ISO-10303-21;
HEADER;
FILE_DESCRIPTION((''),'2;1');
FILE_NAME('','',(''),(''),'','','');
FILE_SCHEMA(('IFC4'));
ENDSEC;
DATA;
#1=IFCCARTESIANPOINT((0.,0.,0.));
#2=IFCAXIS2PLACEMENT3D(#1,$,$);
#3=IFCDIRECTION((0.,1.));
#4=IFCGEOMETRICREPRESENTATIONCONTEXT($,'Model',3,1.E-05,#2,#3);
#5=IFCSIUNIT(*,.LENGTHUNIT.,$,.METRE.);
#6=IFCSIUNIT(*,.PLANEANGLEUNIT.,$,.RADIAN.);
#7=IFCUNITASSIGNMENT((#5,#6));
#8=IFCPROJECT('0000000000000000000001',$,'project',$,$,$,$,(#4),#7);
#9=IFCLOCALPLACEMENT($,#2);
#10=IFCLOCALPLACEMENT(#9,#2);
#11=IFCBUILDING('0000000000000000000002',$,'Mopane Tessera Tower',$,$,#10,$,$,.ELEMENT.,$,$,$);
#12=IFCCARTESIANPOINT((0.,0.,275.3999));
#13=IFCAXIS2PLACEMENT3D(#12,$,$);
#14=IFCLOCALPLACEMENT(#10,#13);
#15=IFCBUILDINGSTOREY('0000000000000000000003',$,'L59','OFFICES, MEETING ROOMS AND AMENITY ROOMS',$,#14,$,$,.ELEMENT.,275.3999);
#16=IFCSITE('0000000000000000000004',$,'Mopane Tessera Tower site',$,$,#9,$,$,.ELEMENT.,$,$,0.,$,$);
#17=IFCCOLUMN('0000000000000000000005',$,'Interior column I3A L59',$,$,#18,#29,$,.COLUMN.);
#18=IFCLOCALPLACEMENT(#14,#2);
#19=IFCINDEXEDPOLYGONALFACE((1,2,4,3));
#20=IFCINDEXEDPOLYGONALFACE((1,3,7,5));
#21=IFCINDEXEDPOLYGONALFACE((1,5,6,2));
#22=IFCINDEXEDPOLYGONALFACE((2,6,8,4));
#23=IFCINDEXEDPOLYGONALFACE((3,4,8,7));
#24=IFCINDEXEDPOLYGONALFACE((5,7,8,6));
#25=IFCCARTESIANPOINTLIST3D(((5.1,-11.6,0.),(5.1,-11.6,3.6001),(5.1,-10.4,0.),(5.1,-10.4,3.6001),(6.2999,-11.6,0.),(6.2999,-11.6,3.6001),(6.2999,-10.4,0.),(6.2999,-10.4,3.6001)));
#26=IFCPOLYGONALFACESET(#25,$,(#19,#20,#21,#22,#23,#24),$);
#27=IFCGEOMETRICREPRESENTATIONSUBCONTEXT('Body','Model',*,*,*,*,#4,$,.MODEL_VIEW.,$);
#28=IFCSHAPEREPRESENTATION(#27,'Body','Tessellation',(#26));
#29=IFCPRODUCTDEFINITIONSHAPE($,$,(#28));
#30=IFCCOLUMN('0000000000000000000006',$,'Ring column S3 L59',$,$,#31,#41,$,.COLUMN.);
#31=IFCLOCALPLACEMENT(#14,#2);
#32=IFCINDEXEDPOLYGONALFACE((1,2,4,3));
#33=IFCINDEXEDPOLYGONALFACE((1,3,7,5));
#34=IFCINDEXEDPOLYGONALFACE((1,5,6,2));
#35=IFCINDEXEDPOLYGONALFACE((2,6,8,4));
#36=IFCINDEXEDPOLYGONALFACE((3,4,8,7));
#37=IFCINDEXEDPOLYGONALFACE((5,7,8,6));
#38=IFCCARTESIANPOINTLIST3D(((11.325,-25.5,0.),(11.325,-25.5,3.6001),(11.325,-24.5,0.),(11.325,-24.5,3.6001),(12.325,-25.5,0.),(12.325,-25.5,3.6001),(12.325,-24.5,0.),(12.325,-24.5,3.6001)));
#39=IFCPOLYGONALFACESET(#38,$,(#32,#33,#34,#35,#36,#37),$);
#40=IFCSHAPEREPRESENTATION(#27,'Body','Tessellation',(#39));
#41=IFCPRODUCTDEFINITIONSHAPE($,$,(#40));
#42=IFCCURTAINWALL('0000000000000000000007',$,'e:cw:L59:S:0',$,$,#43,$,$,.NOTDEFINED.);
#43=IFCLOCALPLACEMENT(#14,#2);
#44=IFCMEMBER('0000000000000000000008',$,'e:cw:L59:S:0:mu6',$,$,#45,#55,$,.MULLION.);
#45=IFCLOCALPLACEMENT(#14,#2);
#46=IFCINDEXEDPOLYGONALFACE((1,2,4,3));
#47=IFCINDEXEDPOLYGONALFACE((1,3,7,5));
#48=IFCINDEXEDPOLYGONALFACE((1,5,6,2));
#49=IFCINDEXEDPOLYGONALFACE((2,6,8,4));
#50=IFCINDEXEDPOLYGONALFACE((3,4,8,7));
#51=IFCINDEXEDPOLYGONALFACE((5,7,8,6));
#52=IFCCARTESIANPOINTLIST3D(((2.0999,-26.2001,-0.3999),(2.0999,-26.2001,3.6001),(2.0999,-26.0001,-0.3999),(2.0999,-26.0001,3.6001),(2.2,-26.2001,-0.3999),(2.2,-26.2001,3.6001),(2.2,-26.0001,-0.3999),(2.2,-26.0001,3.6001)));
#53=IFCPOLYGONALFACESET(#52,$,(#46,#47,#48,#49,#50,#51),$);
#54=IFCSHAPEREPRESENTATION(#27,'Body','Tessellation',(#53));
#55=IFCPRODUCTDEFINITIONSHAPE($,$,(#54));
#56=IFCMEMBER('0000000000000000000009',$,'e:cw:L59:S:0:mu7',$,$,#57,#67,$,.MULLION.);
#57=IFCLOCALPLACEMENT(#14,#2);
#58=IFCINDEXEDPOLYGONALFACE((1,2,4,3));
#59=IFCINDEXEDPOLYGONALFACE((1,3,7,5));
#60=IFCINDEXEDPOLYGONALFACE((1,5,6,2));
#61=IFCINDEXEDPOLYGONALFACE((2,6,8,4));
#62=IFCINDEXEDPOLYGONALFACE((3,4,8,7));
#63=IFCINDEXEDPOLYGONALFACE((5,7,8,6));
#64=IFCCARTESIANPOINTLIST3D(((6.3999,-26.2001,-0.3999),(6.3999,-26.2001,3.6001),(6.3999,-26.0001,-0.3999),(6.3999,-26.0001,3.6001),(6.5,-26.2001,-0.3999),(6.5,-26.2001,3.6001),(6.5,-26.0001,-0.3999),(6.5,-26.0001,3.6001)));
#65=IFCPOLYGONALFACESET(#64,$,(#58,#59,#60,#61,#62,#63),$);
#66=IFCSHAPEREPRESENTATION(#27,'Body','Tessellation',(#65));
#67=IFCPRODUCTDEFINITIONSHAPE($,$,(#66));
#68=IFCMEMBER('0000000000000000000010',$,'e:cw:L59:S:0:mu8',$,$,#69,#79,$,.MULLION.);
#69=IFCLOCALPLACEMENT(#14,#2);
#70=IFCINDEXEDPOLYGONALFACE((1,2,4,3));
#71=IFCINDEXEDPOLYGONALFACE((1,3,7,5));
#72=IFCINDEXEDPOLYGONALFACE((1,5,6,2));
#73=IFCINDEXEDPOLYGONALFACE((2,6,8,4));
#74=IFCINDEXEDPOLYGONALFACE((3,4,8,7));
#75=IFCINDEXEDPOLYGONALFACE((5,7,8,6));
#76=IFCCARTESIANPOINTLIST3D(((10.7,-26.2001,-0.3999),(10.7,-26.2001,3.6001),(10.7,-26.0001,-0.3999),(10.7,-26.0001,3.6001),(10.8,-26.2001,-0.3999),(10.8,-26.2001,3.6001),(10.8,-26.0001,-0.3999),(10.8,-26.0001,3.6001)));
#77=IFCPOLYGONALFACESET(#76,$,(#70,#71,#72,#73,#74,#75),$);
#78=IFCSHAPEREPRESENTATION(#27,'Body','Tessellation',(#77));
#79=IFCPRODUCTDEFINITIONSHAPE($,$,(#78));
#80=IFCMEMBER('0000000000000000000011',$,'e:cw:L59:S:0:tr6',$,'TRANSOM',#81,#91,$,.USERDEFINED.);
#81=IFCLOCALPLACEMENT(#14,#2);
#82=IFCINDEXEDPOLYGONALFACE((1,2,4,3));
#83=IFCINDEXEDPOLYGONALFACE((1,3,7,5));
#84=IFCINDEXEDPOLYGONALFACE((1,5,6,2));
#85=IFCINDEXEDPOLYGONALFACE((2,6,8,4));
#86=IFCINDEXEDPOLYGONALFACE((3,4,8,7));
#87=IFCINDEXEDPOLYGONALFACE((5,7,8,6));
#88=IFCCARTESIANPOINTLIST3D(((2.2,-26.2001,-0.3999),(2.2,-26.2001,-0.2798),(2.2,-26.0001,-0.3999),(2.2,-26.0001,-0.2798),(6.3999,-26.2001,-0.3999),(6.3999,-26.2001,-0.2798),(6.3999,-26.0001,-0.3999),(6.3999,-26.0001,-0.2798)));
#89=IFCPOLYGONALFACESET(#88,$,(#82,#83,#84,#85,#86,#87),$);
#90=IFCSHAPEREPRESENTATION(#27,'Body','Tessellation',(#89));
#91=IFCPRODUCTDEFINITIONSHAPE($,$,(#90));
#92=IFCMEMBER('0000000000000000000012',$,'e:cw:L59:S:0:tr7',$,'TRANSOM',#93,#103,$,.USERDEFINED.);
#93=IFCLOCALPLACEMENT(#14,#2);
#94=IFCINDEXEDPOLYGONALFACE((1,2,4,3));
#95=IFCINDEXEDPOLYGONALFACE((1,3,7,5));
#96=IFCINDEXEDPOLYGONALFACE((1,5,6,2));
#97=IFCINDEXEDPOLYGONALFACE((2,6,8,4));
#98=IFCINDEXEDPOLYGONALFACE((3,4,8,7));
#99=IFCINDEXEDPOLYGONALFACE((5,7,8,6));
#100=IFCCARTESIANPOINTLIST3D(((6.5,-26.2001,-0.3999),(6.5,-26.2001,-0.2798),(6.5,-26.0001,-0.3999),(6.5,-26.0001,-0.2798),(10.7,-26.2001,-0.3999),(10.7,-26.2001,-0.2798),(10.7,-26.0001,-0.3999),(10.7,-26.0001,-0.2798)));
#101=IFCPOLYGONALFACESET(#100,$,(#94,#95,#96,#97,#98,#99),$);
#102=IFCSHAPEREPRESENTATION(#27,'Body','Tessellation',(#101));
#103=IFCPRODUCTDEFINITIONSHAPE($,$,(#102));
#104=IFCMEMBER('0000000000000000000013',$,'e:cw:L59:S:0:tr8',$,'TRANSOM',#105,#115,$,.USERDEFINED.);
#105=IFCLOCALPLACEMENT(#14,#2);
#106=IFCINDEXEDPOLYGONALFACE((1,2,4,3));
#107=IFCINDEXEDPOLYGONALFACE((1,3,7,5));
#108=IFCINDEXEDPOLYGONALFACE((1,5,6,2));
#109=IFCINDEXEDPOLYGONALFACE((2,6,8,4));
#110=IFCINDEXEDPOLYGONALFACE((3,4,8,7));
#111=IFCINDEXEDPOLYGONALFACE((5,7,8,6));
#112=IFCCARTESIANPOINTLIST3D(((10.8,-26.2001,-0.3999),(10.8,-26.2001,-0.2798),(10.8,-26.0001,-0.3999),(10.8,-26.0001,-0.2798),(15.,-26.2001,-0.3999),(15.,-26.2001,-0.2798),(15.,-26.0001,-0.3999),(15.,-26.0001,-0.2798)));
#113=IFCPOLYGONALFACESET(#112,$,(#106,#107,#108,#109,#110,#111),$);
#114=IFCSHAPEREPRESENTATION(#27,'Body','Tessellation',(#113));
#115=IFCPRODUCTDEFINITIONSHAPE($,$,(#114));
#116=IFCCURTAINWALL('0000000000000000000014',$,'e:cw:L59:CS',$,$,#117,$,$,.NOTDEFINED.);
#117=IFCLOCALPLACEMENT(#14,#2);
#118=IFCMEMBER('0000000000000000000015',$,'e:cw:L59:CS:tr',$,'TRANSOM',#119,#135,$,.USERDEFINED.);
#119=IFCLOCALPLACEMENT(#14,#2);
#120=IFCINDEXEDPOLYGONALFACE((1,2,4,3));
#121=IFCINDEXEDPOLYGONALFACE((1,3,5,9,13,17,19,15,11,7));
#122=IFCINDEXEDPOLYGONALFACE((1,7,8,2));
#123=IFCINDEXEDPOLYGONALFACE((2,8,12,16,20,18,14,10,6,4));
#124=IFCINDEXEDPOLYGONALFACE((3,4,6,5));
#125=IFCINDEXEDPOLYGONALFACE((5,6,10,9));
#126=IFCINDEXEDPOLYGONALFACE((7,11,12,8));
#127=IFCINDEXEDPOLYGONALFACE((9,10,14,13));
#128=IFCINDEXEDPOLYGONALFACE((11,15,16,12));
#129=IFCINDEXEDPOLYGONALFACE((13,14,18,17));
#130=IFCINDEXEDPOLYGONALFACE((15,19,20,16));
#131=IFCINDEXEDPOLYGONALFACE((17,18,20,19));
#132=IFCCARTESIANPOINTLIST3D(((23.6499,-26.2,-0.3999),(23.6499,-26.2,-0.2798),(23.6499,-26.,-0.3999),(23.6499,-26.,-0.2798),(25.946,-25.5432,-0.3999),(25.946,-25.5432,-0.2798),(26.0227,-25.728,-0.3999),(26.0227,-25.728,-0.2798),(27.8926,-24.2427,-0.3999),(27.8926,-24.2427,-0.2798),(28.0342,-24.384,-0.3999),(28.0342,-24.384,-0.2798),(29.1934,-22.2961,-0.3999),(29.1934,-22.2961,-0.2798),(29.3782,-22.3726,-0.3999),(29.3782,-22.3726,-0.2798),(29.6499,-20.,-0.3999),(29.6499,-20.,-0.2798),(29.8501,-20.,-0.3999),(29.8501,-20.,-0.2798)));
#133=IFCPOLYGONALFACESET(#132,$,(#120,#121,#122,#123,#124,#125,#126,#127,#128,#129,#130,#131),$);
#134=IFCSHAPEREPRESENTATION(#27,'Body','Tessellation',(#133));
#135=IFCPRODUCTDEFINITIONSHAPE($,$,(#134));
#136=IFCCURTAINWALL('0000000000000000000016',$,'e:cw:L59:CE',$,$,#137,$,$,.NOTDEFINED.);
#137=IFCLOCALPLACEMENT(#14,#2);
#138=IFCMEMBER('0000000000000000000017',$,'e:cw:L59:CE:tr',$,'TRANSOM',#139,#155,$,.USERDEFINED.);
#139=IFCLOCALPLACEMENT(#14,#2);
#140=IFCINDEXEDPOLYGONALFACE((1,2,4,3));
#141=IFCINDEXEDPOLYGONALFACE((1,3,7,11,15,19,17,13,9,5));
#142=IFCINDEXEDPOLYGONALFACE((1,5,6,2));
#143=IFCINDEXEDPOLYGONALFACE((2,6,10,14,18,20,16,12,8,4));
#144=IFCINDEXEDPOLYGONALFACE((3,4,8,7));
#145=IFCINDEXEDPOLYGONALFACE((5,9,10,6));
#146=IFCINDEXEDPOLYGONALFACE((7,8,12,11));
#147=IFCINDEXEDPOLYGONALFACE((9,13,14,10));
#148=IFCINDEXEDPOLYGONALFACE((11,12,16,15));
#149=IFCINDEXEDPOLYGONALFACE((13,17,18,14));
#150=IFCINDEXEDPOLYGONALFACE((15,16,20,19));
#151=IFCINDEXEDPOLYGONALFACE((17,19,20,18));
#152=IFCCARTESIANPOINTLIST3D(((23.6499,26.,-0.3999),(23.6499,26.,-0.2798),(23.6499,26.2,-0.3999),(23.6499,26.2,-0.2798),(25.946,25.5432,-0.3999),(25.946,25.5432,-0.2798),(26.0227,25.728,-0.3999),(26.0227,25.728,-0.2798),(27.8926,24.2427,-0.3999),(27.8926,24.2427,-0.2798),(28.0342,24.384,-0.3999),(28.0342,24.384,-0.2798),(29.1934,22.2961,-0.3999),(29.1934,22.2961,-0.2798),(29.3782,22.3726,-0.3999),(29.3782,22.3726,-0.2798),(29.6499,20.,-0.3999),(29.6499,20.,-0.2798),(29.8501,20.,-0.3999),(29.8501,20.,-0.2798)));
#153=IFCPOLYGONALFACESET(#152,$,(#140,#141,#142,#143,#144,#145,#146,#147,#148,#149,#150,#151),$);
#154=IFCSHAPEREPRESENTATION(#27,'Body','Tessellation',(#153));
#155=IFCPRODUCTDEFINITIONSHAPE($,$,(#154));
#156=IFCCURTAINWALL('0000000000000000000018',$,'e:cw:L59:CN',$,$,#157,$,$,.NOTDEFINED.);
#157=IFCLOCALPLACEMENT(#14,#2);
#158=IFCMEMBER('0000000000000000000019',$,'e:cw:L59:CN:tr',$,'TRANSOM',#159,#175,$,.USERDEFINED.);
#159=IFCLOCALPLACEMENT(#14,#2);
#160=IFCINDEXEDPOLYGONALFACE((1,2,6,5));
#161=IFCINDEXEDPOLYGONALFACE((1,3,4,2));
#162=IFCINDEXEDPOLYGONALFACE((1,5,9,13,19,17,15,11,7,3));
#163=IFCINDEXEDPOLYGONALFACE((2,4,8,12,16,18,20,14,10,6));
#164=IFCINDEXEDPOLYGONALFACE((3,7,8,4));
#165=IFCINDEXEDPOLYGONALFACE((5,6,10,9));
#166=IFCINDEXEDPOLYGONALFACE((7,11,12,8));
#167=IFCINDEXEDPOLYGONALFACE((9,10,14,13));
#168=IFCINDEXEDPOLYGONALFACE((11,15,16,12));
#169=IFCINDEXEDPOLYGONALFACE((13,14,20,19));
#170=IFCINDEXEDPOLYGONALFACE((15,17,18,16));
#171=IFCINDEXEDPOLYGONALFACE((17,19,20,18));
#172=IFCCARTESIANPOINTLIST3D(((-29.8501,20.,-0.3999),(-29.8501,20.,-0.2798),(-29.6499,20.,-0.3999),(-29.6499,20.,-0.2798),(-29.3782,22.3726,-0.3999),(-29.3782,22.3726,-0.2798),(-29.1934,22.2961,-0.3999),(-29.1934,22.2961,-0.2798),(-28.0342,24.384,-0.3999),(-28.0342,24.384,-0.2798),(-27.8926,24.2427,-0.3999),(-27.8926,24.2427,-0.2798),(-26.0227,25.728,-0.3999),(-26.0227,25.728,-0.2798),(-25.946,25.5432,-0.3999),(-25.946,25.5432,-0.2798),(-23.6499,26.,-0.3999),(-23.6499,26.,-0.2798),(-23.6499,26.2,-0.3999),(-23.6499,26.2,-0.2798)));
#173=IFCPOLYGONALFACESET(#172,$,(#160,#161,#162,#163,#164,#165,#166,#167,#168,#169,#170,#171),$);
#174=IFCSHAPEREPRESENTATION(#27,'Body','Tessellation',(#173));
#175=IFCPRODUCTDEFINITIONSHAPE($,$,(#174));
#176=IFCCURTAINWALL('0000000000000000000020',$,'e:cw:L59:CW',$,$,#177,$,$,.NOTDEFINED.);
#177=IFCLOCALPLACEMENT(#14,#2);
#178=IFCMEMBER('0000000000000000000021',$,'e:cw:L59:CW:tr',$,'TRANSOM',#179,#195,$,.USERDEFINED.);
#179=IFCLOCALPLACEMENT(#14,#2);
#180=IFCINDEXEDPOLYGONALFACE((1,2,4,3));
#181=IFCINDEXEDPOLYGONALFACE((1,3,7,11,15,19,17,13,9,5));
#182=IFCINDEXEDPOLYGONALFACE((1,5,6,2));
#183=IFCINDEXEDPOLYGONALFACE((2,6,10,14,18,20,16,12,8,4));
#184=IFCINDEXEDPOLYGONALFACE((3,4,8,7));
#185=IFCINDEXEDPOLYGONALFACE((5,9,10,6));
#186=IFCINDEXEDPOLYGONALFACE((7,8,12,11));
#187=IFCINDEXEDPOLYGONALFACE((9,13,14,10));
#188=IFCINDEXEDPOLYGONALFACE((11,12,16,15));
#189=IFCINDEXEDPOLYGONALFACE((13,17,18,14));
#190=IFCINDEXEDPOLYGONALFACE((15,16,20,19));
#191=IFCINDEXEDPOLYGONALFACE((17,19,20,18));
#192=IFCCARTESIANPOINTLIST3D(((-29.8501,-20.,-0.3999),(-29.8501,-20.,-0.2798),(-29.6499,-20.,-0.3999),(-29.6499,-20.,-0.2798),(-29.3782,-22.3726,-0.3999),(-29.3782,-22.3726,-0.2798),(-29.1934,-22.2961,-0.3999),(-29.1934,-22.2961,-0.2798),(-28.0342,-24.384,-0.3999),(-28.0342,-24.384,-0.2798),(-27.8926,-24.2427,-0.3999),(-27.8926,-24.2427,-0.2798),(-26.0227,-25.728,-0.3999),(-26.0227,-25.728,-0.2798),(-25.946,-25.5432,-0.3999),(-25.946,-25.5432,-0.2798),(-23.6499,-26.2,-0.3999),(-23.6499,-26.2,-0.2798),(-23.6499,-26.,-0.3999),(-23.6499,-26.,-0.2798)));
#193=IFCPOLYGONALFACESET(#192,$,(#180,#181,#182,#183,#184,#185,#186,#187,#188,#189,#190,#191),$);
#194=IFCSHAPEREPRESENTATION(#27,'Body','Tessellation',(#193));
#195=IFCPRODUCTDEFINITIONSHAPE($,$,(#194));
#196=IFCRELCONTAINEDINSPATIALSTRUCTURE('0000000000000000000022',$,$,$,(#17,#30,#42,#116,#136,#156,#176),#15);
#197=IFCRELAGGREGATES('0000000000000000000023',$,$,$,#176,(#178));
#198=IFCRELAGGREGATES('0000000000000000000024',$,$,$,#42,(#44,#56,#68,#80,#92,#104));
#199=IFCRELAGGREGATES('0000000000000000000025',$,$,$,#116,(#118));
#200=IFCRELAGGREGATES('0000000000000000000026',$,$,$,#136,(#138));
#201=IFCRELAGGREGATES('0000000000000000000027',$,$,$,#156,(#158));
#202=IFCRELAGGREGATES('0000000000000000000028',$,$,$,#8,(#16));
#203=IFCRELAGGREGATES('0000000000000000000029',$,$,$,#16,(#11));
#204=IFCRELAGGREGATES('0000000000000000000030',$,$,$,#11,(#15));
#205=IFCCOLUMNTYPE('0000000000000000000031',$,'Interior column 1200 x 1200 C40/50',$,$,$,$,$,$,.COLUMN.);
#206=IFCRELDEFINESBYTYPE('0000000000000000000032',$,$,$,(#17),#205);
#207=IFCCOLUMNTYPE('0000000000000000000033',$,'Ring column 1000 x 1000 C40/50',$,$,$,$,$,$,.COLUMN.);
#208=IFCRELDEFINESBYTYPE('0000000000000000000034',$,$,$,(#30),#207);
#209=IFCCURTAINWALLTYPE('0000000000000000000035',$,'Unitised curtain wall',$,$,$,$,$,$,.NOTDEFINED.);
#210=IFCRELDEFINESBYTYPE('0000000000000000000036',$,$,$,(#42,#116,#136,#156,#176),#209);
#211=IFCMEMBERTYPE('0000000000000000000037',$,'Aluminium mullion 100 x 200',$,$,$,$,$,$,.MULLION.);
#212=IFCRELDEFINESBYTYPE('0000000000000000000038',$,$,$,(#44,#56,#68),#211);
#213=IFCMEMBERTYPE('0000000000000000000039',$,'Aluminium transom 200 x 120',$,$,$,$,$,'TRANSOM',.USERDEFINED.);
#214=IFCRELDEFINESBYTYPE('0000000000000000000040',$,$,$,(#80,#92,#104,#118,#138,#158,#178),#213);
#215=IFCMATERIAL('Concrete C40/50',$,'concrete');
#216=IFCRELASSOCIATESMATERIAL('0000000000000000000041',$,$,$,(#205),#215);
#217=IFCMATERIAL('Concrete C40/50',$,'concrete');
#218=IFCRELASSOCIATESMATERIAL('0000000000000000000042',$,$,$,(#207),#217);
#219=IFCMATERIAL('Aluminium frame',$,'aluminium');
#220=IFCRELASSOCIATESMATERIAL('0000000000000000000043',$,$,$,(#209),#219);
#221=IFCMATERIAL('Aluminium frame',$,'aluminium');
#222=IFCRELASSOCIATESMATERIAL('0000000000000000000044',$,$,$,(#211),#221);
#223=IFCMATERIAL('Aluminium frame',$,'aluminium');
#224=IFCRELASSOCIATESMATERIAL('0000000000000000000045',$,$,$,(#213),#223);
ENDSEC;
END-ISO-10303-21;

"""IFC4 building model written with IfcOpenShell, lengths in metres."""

from ifc_helpers import new_model, si_unit, direction, frame, origin, origin_2d, place, context, subcontext, project, spatial, polyline, rectangle, outline, extrude, material, material_profile, profile_set, type_object, element, aggregate, save


model = new_model("IFC4")

# Units and contexts
model_context = context("Model", 3, precision=1e-05, world=origin(), true_north=direction((0.0, 1.0)))
body_context = subcontext(model_context, "Body", "Model", "MODEL_VIEW")
ifc_project = project(units=[si_unit("LENGTHUNIT", "METRE"), si_unit("PLANEANGLEUNIT", "RADIAN")], contexts=[model_context])

# Site, building, storey
site_placement = place(None, origin())
site = spatial("IfcSite", under=ifc_project, at=site_placement, Name="Mopane Tessera Tower site", CompositionType="ELEMENT", RefElevation=0.0)
building_placement = place(site_placement, origin())
building = spatial("IfcBuilding", under=site, at=building_placement, Name="Mopane Tessera Tower", CompositionType="ELEMENT")
storey_placement = place(building_placement, frame((0.0, 0.0, 275.3999)))
storey = spatial("IfcBuildingStorey", under=building, at=storey_placement, Name="L59", Description="OFFICES, MEETING ROOMS AND AMENITY ROOMS", CompositionType="ELEMENT", Elevation=275.3999)

# Columns
ifc_material_1 = material(Name="Concrete C40/50", Category="concrete")
ifc_material_profile_1 = material_profile(ifc_material_1, rectangle(XDim=1.2, YDim=1.2, at=origin_2d()))
ifc_profile_set_1 = profile_set([ifc_material_profile_1], Name="Concrete C40/50")
column_type_1 = type_object("IfcColumnType", Name="Interior column 1200 x 1200 C40/50", PredefinedType="COLUMN", material=ifc_profile_set_1)
column_1_placement = place(storey_placement, frame((5.7, -11.0, 0.0), z_axis=(0.0, 0.0, 1.0), x_axis=(1.0, 0.0, 0.0)))
element("IfcColumn", 1, at=column_1_placement, inside=storey, type_object=column_type_1, Name="Interior column I3A L59", PredefinedType="COLUMN", context=body_context, shape_type="SweptSolid", body=[
    extrude(rectangle(XDim=1.2, YDim=1.2, at=origin_2d()), origin(), (0.0, 0.0, 1.0), 3.6001),
])
ifc_material_2 = material(Name="Concrete C40/50", Category="concrete")
ifc_material_profile_2 = material_profile(ifc_material_2, rectangle(XDim=1.0, YDim=1.0, at=origin_2d()))
ifc_profile_set_2 = profile_set([ifc_material_profile_2], Name="Concrete C40/50")
column_type_2 = type_object("IfcColumnType", Name="Ring column 1000 x 1000 C40/50", PredefinedType="COLUMN", material=ifc_profile_set_2)
column_2_placement = place(storey_placement, frame((11.825, -25.0, 0.0), z_axis=(0.0, 0.0, 1.0), x_axis=(1.0, 0.0, 0.0)))
element("IfcColumn", 2, at=column_2_placement, inside=storey, type_object=column_type_2, Name="Ring column S3 L59", PredefinedType="COLUMN", context=body_context, shape_type="SweptSolid", body=[
    extrude(rectangle(XDim=1.0, YDim=1.0, at=origin_2d()), origin(), (0.0, 0.0, 1.0), 3.6001),
])

# Curtain wall, members
ifc_material_3 = material(Name="Aluminium frame", Category="aluminium")
curtain_wall_type = type_object("IfcCurtainWallType", Name="Unitised curtain wall", PredefinedType="NOTDEFINED", material=ifc_material_3)
curtain_wall_1_placement = place(storey_placement, origin())
curtain_wall_1 = element("IfcCurtainWall", 3, at=curtain_wall_1_placement, inside=storey, type_object=curtain_wall_type, Name="e:cw:L59:S:0", PredefinedType="NOTDEFINED")
ifc_material_4 = material(Name="Aluminium frame", Category="aluminium")
ifc_material_profile_3 = material_profile(ifc_material_4, rectangle(XDim=0.1001, YDim=0.2, at=origin_2d()))
ifc_profile_set_3 = profile_set([ifc_material_profile_3], Name="Aluminium frame")
member_type_1 = type_object("IfcMemberType", Name="Aluminium mullion 100 x 200", PredefinedType="MULLION", material=ifc_profile_set_3)
member_1_placement = place(storey_placement, frame((2.1499, -26.1001, -0.3999), z_axis=(0.0, 0.0, 1.0), x_axis=(1.0, 0.0, 0.0)))
member_1 = element("IfcMember", 4, at=member_1_placement, type_object=member_type_1, Name="e:cw:L59:S:0:mu6", PredefinedType="MULLION", context=body_context, shape_type="SweptSolid", body=[
    extrude(rectangle(XDim=0.1001, YDim=0.2, at=origin_2d()), origin(), (0.0, 0.0, 1.0), 4.0),
])
member_2_placement = place(storey_placement, frame((6.45, -26.1001, -0.3999), z_axis=(0.0, 0.0, 1.0), x_axis=(1.0, 0.0, 0.0)))
member_2 = element("IfcMember", 5, at=member_2_placement, type_object=member_type_1, Name="e:cw:L59:S:0:mu7", PredefinedType="MULLION", context=body_context, shape_type="SweptSolid", body=[
    extrude(rectangle(XDim=0.1001, YDim=0.2, at=origin_2d()), origin(), (0.0, 0.0, 1.0), 4.0),
])
member_3_placement = place(storey_placement, frame((10.75, -26.1001, -0.3999), z_axis=(0.0, 0.0, 1.0), x_axis=(1.0, 0.0, 0.0)))
member_3 = element("IfcMember", 6, at=member_3_placement, type_object=member_type_1, Name="e:cw:L59:S:0:mu8", PredefinedType="MULLION", context=body_context, shape_type="SweptSolid", body=[
    extrude(rectangle(XDim=0.1001, YDim=0.2, at=origin_2d()), origin(), (0.0, 0.0, 1.0), 4.0),
])
ifc_material_5 = material(Name="Aluminium frame", Category="aluminium")
ifc_material_profile_4 = material_profile(ifc_material_5, rectangle(XDim=0.2, YDim=0.1201, at=origin_2d()))
ifc_profile_set_4 = profile_set([ifc_material_profile_4], Name="Aluminium frame")
member_type_2 = type_object("IfcMemberType", Name="Aluminium transom 200 x 120", ElementType="TRANSOM", PredefinedType="USERDEFINED", material=ifc_profile_set_4)
member_4_placement = place(storey_placement, frame((2.2, -26.1001, -0.3398), z_axis=(1.0, 0.0, 0.0), x_axis=(0.0, 1.0, 0.0)))
member_4 = element("IfcMember", 7, at=member_4_placement, type_object=member_type_2, Name="e:cw:L59:S:0:tr6", ObjectType="TRANSOM", PredefinedType="USERDEFINED", context=body_context, shape_type="SweptSolid", body=[
    extrude(rectangle(XDim=0.2, YDim=0.1201, at=origin_2d()), origin(), (0.0, 0.0, 1.0), 4.2),
])
member_5_placement = place(storey_placement, frame((6.5, -26.1001, -0.3398), z_axis=(1.0, 0.0, 0.0), x_axis=(0.0, 1.0, 0.0)))
member_5 = element("IfcMember", 8, at=member_5_placement, type_object=member_type_2, Name="e:cw:L59:S:0:tr7", ObjectType="TRANSOM", PredefinedType="USERDEFINED", context=body_context, shape_type="SweptSolid", body=[
    extrude(rectangle(XDim=0.2, YDim=0.1201, at=origin_2d()), origin(), (0.0, 0.0, 1.0), 4.2),
])
member_6_placement = place(storey_placement, frame((10.8, -26.1001, -0.3398), z_axis=(1.0, 0.0, 0.0), x_axis=(0.0, 1.0, 0.0)))
member_6 = element("IfcMember", 9, at=member_6_placement, type_object=member_type_2, Name="e:cw:L59:S:0:tr8", ObjectType="TRANSOM", PredefinedType="USERDEFINED", context=body_context, shape_type="SweptSolid", body=[
    extrude(rectangle(XDim=0.2, YDim=0.1201, at=origin_2d()), origin(), (0.0, 0.0, 1.0), 4.2),
])

# Curtain walls, members
curtain_wall_2_placement = place(storey_placement, origin())
curtain_wall_2 = element("IfcCurtainWall", 10, at=curtain_wall_2_placement, inside=storey, type_object=curtain_wall_type, Name="e:cw:L59:CS", PredefinedType="NOTDEFINED")
member_7_placement = place(storey_placement, frame((0.0, 0.0, -0.3999)))
member_7 = element("IfcMember", 11, at=member_7_placement, type_object=member_type_2, Name="e:cw:L59:CS:tr", ObjectType="TRANSOM", PredefinedType="USERDEFINED", context=body_context, shape_type="SweptSolid", body=[
    extrude(outline(polyline([(23.6499, -26.0), (25.946, -25.5432), (27.8926, -24.2427), (29.1934, -22.2961), (29.6499, -20.0), (29.8501, -20.0), (29.3782, -22.3726), (28.0342, -24.384), (26.0227, -25.728), (23.6499, -26.2), (23.6499, -26.0)])), origin(), (0.0, 0.0, 1.0), 0.1201),
])
curtain_wall_3_placement = place(storey_placement, origin())
curtain_wall_3 = element("IfcCurtainWall", 12, at=curtain_wall_3_placement, inside=storey, type_object=curtain_wall_type, Name="e:cw:L59:CE", PredefinedType="NOTDEFINED")
member_8_placement = place(storey_placement, frame((0.0, 0.0, -0.3999)))
member_8 = element("IfcMember", 13, at=member_8_placement, type_object=member_type_2, Name="e:cw:L59:CE:tr", ObjectType="TRANSOM", PredefinedType="USERDEFINED", context=body_context, shape_type="SweptSolid", body=[
    extrude(outline(polyline([(29.6499, 20.0), (29.1934, 22.2961), (27.8926, 24.2427), (25.946, 25.5432), (23.6499, 26.0), (23.6499, 26.2), (26.0227, 25.728), (28.0342, 24.384), (29.3782, 22.3726), (29.8501, 20.0), (29.6499, 20.0)])), origin(), (0.0, 0.0, 1.0), 0.1201),
])
curtain_wall_4_placement = place(storey_placement, origin())
curtain_wall_4 = element("IfcCurtainWall", 14, at=curtain_wall_4_placement, inside=storey, type_object=curtain_wall_type, Name="e:cw:L59:CN", PredefinedType="NOTDEFINED")
member_9_placement = place(storey_placement, frame((0.0, 0.0, -0.3999)))
member_9 = element("IfcMember", 15, at=member_9_placement, type_object=member_type_2, Name="e:cw:L59:CN:tr", ObjectType="TRANSOM", PredefinedType="USERDEFINED", context=body_context, shape_type="SweptSolid", body=[
    extrude(outline(polyline([(-23.6499, 26.0), (-25.946, 25.5432), (-27.8926, 24.2427), (-29.1934, 22.2961), (-29.6499, 20.0), (-29.8501, 20.0), (-29.3782, 22.3726), (-28.0342, 24.384), (-26.0227, 25.728), (-23.6499, 26.2), (-23.6499, 26.0)])), origin(), (0.0, 0.0, 1.0), 0.1201),
])
curtain_wall_5_placement = place(storey_placement, origin())
curtain_wall_5 = element("IfcCurtainWall", 16, at=curtain_wall_5_placement, inside=storey, type_object=curtain_wall_type, Name="e:cw:L59:CW", PredefinedType="NOTDEFINED")
member_10_placement = place(storey_placement, frame((0.0, 0.0, -0.3999)))
member_10 = element("IfcMember", 17, at=member_10_placement, type_object=member_type_2, Name="e:cw:L59:CW:tr", ObjectType="TRANSOM", PredefinedType="USERDEFINED", context=body_context, shape_type="SweptSolid", body=[
    extrude(outline(polyline([(-29.6499, -20.0), (-29.1934, -22.2961), (-27.8926, -24.2427), (-25.946, -25.5432), (-23.6499, -26.0), (-23.6499, -26.2), (-26.0227, -25.728), (-28.0342, -24.384), (-29.3782, -22.3726), (-29.8501, -20.0), (-29.6499, -20.0)])), origin(), (0.0, 0.0, 1.0), 0.1201),
])
aggregate(curtain_wall_5, [member_10])

aggregate(curtain_wall_1, [member_1, member_2, member_3, member_4, member_5, member_6])
aggregate(curtain_wall_2, [member_7])
aggregate(curtain_wall_3, [member_8])
aggregate(curtain_wall_4, [member_9])

save(model, "model.ifc")
